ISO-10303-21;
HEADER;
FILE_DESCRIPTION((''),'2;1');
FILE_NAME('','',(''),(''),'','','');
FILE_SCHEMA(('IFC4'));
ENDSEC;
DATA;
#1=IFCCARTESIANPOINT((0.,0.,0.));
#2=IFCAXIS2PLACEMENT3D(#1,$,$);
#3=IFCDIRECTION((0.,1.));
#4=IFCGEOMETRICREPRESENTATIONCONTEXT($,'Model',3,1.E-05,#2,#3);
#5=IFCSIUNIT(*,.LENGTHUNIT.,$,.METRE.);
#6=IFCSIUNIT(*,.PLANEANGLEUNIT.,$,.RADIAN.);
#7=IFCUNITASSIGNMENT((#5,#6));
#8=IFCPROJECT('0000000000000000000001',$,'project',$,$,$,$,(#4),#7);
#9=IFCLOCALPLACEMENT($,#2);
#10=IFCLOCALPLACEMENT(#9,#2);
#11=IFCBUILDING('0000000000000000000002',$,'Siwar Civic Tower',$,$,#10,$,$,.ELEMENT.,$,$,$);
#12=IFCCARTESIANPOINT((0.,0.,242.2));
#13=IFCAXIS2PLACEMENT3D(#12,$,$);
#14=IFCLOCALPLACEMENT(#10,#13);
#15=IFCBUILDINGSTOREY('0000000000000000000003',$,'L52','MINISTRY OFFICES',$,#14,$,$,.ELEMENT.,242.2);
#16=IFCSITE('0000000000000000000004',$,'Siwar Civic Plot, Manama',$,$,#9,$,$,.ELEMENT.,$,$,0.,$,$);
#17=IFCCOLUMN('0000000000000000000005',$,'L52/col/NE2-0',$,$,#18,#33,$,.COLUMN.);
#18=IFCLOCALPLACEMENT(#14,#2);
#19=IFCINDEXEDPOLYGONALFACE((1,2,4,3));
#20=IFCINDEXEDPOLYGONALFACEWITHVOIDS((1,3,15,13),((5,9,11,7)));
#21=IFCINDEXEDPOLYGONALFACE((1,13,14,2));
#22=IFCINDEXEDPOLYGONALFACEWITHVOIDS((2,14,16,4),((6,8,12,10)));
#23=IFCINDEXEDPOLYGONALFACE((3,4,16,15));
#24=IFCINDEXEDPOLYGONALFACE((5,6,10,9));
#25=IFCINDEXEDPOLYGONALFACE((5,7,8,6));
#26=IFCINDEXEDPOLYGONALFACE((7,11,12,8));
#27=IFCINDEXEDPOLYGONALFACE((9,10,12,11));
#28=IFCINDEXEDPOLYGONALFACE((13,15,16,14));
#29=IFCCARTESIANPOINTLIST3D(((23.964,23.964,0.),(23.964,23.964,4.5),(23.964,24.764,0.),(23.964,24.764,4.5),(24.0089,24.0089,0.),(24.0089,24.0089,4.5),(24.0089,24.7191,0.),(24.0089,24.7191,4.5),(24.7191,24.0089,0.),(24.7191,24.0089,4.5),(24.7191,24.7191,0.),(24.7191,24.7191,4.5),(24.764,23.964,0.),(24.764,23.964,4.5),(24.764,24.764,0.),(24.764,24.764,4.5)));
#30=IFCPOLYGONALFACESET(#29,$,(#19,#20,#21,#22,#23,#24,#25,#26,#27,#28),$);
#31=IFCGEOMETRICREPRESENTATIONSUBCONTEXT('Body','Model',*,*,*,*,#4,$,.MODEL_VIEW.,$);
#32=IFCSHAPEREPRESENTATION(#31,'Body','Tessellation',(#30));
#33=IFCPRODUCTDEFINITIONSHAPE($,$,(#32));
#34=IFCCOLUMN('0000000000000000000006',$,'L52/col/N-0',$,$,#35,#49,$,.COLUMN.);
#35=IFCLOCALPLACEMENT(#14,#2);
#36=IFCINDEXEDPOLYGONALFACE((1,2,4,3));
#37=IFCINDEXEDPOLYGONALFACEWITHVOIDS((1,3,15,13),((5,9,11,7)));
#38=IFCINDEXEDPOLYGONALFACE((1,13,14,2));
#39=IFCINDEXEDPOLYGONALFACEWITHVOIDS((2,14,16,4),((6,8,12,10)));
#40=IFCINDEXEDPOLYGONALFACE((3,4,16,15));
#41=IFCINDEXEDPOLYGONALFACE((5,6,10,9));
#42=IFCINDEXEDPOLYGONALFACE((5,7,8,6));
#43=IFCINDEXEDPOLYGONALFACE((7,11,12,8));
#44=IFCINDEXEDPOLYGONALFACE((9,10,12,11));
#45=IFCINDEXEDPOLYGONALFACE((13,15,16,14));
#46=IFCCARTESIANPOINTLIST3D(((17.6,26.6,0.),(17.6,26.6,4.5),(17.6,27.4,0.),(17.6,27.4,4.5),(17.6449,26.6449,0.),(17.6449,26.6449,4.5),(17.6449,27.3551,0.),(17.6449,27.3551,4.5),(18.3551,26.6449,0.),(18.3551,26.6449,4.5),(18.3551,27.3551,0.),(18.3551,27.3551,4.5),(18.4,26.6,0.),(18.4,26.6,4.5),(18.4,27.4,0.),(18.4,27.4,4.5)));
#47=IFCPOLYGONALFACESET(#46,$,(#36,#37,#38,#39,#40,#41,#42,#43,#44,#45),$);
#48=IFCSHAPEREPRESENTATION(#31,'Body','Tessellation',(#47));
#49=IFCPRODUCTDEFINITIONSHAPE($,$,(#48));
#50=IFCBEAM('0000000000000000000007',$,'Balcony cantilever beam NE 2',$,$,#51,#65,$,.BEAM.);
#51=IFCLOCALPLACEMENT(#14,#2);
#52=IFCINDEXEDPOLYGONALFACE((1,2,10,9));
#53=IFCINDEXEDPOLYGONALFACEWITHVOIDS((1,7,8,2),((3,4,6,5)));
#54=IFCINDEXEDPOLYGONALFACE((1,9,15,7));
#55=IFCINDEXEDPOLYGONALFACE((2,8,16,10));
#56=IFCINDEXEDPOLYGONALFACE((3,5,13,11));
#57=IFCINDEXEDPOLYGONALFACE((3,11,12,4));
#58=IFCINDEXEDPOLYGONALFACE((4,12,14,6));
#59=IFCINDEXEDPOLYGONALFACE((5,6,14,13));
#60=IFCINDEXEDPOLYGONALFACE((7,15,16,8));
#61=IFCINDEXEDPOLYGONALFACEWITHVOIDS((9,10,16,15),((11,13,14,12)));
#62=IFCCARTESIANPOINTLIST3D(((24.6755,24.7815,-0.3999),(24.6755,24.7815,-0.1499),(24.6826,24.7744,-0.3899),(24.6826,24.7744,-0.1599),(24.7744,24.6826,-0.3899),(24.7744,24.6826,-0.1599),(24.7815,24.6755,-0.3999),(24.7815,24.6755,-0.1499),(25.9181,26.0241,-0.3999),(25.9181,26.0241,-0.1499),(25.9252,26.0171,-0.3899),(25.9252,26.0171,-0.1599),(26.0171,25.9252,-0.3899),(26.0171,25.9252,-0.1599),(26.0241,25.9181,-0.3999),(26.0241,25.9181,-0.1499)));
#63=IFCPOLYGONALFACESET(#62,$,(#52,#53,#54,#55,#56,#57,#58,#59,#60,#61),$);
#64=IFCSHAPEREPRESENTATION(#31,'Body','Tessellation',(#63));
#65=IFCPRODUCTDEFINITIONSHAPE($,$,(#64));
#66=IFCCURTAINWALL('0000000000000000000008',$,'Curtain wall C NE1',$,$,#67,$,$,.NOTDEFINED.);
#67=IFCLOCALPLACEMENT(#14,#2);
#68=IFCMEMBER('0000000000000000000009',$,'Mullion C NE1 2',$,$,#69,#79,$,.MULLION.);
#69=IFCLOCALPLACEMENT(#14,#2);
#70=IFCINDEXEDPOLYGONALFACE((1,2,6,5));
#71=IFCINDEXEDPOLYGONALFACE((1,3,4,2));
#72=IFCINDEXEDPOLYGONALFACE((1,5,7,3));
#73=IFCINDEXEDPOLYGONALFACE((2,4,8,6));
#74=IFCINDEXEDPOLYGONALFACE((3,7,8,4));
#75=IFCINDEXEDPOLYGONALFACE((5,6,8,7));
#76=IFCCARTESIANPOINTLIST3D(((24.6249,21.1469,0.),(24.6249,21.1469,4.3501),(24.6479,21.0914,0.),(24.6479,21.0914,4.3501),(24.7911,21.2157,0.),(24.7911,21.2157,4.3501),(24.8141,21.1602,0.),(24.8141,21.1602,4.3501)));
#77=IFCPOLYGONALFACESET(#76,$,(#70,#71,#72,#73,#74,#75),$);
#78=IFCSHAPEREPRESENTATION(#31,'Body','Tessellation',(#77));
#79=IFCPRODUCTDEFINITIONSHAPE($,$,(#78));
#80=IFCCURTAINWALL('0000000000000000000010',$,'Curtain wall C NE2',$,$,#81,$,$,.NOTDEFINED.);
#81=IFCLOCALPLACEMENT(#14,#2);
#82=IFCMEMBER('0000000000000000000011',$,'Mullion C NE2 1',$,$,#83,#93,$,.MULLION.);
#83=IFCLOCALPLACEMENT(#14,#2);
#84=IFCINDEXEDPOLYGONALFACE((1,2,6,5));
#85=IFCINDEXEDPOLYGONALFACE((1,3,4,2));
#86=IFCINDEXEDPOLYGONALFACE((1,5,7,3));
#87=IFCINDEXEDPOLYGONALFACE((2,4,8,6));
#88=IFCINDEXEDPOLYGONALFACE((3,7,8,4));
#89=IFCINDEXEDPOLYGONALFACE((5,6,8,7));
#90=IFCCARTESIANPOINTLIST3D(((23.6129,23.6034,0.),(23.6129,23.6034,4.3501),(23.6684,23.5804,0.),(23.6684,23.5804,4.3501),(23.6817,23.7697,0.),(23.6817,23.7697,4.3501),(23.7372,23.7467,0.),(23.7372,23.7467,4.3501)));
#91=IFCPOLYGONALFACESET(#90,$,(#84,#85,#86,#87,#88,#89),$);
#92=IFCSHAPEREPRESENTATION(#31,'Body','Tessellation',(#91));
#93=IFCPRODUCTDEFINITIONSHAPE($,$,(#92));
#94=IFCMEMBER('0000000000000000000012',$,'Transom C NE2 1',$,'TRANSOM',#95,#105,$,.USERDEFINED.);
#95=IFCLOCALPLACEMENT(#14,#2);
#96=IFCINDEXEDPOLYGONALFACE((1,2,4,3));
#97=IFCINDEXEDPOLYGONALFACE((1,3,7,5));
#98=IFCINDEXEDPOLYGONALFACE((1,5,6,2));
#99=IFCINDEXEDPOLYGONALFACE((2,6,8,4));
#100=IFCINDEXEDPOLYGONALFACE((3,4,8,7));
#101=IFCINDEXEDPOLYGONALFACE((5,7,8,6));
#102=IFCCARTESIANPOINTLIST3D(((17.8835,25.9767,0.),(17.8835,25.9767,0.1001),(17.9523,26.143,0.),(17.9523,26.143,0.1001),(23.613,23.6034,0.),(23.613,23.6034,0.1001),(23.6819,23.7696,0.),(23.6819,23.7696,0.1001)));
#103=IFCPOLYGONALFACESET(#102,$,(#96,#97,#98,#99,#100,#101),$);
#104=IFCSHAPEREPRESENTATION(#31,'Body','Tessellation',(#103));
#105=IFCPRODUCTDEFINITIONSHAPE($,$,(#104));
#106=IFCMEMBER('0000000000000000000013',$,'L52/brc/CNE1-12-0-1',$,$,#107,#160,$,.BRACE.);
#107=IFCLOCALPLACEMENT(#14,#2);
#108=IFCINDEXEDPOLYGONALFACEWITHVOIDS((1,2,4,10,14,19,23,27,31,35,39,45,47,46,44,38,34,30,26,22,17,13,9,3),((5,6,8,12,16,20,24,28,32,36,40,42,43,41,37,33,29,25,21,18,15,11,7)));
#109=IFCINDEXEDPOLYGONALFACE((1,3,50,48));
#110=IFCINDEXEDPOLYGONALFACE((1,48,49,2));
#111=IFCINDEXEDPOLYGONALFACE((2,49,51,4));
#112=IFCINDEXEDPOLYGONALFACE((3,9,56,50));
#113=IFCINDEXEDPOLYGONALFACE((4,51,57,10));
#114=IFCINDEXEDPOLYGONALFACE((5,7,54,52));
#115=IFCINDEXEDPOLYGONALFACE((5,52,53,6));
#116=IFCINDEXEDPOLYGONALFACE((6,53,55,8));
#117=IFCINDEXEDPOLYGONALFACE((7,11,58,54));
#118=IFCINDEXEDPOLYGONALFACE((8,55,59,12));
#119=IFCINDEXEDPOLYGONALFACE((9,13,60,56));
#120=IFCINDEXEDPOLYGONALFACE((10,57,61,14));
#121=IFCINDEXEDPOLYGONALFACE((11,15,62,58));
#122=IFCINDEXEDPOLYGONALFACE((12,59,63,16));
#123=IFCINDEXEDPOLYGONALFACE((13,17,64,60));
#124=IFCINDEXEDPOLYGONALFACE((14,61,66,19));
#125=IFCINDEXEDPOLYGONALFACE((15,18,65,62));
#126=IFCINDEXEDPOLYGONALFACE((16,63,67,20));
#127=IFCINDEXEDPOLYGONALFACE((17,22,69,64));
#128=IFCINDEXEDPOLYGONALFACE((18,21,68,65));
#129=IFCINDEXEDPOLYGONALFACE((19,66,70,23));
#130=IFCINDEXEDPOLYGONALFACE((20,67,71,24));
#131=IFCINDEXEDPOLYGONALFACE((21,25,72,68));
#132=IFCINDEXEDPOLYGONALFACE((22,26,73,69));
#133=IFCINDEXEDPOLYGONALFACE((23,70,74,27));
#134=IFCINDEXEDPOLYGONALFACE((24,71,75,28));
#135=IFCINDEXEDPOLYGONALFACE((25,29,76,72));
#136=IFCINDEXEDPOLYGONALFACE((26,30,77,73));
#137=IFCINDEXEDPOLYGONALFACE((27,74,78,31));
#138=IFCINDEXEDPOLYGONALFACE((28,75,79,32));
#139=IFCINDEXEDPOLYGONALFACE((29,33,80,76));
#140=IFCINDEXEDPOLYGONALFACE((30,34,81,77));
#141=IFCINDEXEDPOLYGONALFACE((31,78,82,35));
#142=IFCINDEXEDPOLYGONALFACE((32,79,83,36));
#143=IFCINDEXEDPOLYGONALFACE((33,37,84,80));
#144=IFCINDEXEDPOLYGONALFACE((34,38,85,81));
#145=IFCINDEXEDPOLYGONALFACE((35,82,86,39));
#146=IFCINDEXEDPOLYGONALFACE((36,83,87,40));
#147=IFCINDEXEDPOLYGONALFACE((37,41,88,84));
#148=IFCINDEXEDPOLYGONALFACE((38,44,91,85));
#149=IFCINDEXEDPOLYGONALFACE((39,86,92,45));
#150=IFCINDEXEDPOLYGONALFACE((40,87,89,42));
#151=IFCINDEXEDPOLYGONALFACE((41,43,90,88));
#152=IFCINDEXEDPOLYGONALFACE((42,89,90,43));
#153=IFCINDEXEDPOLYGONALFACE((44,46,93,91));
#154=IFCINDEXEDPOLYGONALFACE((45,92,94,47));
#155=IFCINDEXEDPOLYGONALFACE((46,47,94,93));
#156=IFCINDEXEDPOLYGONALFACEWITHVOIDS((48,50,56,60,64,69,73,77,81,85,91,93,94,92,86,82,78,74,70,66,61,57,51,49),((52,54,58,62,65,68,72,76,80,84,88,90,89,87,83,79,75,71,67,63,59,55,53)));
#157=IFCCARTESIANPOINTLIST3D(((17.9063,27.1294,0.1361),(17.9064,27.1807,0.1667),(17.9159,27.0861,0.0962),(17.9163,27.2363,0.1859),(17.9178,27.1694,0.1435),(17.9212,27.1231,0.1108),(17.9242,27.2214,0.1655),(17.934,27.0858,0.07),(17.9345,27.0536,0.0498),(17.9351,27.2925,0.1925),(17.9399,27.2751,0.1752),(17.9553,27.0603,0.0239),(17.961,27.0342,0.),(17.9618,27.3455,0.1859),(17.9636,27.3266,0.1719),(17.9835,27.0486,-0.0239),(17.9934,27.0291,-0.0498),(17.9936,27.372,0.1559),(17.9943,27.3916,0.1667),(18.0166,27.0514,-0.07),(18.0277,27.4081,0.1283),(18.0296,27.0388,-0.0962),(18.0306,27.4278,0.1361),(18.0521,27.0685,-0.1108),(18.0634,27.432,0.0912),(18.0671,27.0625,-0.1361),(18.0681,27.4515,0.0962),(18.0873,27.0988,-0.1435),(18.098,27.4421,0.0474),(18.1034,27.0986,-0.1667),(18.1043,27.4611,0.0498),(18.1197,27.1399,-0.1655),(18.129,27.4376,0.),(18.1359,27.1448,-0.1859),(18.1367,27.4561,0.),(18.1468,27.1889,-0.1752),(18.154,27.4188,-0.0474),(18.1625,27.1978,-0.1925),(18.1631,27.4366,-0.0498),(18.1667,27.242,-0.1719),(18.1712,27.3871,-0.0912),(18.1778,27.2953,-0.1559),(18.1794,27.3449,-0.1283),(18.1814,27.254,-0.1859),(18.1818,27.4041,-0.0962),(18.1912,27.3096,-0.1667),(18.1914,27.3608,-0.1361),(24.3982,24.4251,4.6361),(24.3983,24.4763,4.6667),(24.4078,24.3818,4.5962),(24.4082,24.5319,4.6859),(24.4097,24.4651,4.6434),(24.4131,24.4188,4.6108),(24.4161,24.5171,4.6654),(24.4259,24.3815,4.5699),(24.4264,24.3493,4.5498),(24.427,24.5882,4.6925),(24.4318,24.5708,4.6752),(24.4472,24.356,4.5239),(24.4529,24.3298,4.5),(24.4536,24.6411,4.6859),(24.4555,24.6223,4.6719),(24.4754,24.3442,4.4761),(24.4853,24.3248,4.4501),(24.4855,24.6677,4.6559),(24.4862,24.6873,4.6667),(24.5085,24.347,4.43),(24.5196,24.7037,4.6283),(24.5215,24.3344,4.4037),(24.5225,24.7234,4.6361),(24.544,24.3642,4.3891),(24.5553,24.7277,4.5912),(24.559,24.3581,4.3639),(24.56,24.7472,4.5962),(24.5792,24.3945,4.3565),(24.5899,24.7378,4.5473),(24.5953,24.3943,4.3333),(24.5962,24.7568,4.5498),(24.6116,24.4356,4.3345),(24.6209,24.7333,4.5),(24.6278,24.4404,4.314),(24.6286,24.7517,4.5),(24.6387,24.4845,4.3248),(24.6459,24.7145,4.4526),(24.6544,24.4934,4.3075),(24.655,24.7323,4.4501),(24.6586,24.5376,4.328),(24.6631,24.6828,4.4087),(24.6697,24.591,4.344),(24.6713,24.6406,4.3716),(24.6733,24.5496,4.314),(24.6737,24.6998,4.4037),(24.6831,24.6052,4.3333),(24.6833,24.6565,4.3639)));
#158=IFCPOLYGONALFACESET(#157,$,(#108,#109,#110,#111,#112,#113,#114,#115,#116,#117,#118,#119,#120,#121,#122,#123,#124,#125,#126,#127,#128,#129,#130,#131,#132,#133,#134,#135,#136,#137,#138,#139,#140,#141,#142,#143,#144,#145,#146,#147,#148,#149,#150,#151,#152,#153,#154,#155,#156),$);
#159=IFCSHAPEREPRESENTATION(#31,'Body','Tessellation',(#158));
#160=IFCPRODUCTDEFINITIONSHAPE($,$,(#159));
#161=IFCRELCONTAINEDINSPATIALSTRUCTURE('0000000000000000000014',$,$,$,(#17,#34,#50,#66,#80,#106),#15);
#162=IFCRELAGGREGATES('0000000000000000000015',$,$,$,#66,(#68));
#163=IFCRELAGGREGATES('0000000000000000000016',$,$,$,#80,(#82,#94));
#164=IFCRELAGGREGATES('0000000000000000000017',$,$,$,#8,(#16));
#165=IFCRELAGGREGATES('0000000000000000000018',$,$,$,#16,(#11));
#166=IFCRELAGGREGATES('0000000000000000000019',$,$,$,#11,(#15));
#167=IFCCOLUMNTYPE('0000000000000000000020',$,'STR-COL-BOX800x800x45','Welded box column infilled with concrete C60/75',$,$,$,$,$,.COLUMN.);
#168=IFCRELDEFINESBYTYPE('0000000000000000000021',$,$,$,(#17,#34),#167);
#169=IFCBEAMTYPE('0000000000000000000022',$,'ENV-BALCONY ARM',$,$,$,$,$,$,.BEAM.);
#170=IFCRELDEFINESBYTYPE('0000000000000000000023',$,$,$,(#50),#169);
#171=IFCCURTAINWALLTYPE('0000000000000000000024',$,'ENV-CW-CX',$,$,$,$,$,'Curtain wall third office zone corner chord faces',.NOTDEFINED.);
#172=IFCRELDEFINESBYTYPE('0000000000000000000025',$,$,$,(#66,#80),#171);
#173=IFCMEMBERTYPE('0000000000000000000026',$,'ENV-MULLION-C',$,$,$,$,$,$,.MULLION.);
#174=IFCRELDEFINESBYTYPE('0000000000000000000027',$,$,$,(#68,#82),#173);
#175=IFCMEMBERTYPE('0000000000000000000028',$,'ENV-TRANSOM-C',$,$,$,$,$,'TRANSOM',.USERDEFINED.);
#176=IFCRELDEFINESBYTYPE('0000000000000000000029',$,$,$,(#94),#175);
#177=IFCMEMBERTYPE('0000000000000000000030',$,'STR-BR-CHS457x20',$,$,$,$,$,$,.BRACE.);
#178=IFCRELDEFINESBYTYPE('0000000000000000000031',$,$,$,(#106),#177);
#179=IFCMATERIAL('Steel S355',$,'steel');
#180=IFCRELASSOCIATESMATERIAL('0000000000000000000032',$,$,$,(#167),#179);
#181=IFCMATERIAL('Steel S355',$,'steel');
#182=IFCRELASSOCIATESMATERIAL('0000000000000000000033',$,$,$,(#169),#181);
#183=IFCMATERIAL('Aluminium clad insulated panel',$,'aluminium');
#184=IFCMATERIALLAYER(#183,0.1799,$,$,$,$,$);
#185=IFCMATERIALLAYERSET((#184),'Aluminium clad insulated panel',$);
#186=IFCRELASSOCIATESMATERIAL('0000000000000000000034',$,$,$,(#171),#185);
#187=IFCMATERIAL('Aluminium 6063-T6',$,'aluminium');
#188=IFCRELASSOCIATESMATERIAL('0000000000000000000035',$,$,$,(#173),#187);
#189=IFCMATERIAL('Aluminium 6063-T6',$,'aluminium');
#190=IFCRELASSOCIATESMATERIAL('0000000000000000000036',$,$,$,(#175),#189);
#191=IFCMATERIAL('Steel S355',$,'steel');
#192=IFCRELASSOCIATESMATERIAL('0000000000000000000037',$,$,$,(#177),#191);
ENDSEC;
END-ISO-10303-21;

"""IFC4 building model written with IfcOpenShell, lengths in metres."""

from ifc_helpers import new_model, si_unit, direction, frame, origin, origin_2d, place, context, subcontext, project, spatial, rectangle, hollow_rectangle, hollow_circle, extrude, material, layer, layer_set, material_profile, profile_set, type_object, element, aggregate, save


model = new_model("IFC4")

# Units and contexts
model_context = context("Model", 3, precision=1e-05, world=origin(), true_north=direction((0.0, 1.0)))
body_context = subcontext(model_context, "Body", "Model", "MODEL_VIEW")
ifc_project = project(units=[si_unit("LENGTHUNIT", "METRE"), si_unit("PLANEANGLEUNIT", "RADIAN")], contexts=[model_context])

# Site, building, storey
site_placement = place(None, origin())
site = spatial("IfcSite", under=ifc_project, at=site_placement, Name="Siwar Civic Plot, Manama", CompositionType="ELEMENT", RefElevation=0.0)
building_placement = place(site_placement, origin())
building = spatial("IfcBuilding", under=site, at=building_placement, Name="Siwar Civic Tower", CompositionType="ELEMENT")
storey_placement = place(building_placement, frame((0.0, 0.0, 242.2)))
storey = spatial("IfcBuildingStorey", under=building, at=storey_placement, Name="L52", Description="MINISTRY OFFICES", CompositionType="ELEMENT", Elevation=242.2)

# Columns
ifc_material_1 = material(Name="Steel S355", Category="steel")
ifc_material_profile_1 = material_profile(ifc_material_1, hollow_rectangle(XDim=0.8, YDim=0.8, WallThickness=0.0449, at=origin_2d()), Name="BOX800x800x45")
ifc_profile_set_1 = profile_set([ifc_material_profile_1], Name="Steel S355")
column_type = type_object("IfcColumnType", Name="STR-COL-BOX800x800x45", Description="Welded box column infilled with concrete C60/75", PredefinedType="COLUMN", material=ifc_profile_set_1)
for number, where, z_axis, x_axis, name in (
    (1, (24.364, 24.364, 0.0), (0.0, 0.0, 1.0), (1.0, 0.0, 0.0), "L52/col/NE2-0"),
    (2, (18.0, 27.0, 0.0), (0.0, 0.0, 1.0), (1.0, 0.0, 0.0), "L52/col/N-0"),
):
    element("IfcColumn", number, at=place(storey_placement, frame(where, z_axis=z_axis, x_axis=x_axis)), inside=storey, type_object=column_type, Name=name, PredefinedType="COLUMN", context=body_context, shape_type="SweptSolid", body=[
        extrude(hollow_rectangle(XDim=0.8, YDim=0.8, WallThickness=0.0449, at=origin_2d()), origin(), (0.0, 0.0, 1.0), 4.5),
    ])

# Beam
ifc_material_2 = material(Name="Steel S355", Category="steel")
ifc_material_profile_2 = material_profile(ifc_material_2, hollow_rectangle(XDim=0.1499, YDim=0.25, WallThickness=0.01, at=origin_2d()), Name="RHS250x150x10")
ifc_profile_set_2 = profile_set([ifc_material_profile_2], Name="Steel S355")
beam_type_1 = type_object("IfcBeamType", Name="ENV-BALCONY ARM", PredefinedType="BEAM", material=ifc_profile_set_2)
beam_1_placement = place(storey_placement, frame((24.7285, 24.7285, -0.2749), z_axis=(0.707107, 0.707107, 0.0), x_axis=(-0.707107, 0.707107, 0.0)))
element("IfcBeam", 3, at=beam_1_placement, inside=storey, type_object=beam_type_1, Name="Balcony cantilever beam NE 2", PredefinedType="BEAM", context=body_context, shape_type="SweptSolid", body=[
    extrude(hollow_rectangle(XDim=0.1499, YDim=0.25, WallThickness=0.01, at=origin_2d()), origin(), (0.0, 0.0, 1.0), 1.7573),
])

# Curtain wall, member
ifc_material_3 = material(Name="Aluminium clad insulated panel", Category="aluminium")
ifc_layer_1 = layer(ifc_material_3, 0.1799)
ifc_layer_set_1 = layer_set([ifc_layer_1], Name="Aluminium clad insulated panel")
curtain_wall_type = type_object("IfcCurtainWallType", Name="ENV-CW-CX", ElementType="Curtain wall third office zone corner chord faces", PredefinedType="NOTDEFINED", material=ifc_layer_set_1)
curtain_wall_1_placement = place(storey_placement, origin())
curtain_wall_1 = element("IfcCurtainWall", 4, at=curtain_wall_1_placement, inside=storey, type_object=curtain_wall_type, Name="Curtain wall C NE1", PredefinedType="NOTDEFINED")
ifc_material_4 = material(Name="Aluminium 6063-T6", Category="aluminium")
ifc_material_profile_3 = material_profile(ifc_material_4, rectangle(XDim=0.1799, YDim=0.0601, at=origin_2d()), Name="AL 180x60")
ifc_profile_set_3 = profile_set([ifc_material_profile_3], Name="Aluminium 6063-T6")
member_type_1 = type_object("IfcMemberType", Name="ENV-MULLION-C", PredefinedType="MULLION", material=ifc_profile_set_3)
member_1_placement = place(storey_placement, frame((24.7195, 21.1536, 0.0), z_axis=(0.0, 0.0, 1.0), x_axis=(-0.92388, -0.382683, 0.0)))
member_1 = element("IfcMember", 5, at=member_1_placement, type_object=member_type_1, Name="Mullion C NE1 2", PredefinedType="MULLION", context=body_context, shape_type="SweptSolid", body=[
    extrude(rectangle(XDim=0.1799, YDim=0.0601, at=origin_2d()), origin(), (0.0, 0.0, 1.0), 4.3501),
])

# Curtain wall, members
curtain_wall_2_placement = place(storey_placement, origin())
curtain_wall_2 = element("IfcCurtainWall", 6, at=curtain_wall_2_placement, inside=storey, type_object=curtain_wall_type, Name="Curtain wall C NE2", PredefinedType="NOTDEFINED")
member_2_placement = place(storey_placement, frame((23.675, 23.675, 0.0), z_axis=(0.0, 0.0, 1.0), x_axis=(-0.382683, -0.92388, 0.0)))
member_2 = element("IfcMember", 7, at=member_2_placement, type_object=member_type_1, Name="Mullion C NE2 1", PredefinedType="MULLION", context=body_context, shape_type="SweptSolid", body=[
    extrude(rectangle(XDim=0.1799, YDim=0.0601, at=origin_2d()), origin(), (0.0, 0.0, 1.0), 4.3501),
])
ifc_material_5 = material(Name="Aluminium 6063-T6", Category="aluminium")
ifc_material_profile_4 = material_profile(ifc_material_5, rectangle(XDim=0.1799, YDim=0.1001, at=origin_2d()), Name="AL 180x100")
ifc_profile_set_4 = profile_set([ifc_material_profile_4], Name="Aluminium 6063-T6")
member_type_2 = type_object("IfcMemberType", Name="ENV-TRANSOM-C", ElementType="TRANSOM", PredefinedType="USERDEFINED", material=ifc_profile_set_4)
member_3_placement = place(storey_placement, frame((23.6475, 23.6865, 0.05), z_axis=(-0.923876, 0.382691, 0.0), x_axis=(-0.382691, -0.923876, 0.0)))
member_3 = element("IfcMember", 8, at=member_3_placement, type_object=member_type_2, Name="Transom C NE2 1", ObjectType="TRANSOM", PredefinedType="USERDEFINED", context=body_context, shape_type="SweptSolid", body=[
    extrude(rectangle(XDim=0.1799, YDim=0.1001, at=origin_2d()), origin(), (0.0, 0.0, 1.0), 6.2017),
])

# Member
ifc_material_6 = material(Name="Steel S355", Category="steel")
ifc_material_profile_5 = material_profile(ifc_material_6, hollow_circle(Radius=0.2285, WallThickness=0.02, at=origin_2d()), Name="CHS457x20")
ifc_profile_set_5 = profile_set([ifc_material_profile_5], Name="Steel S355")
member_type_3 = type_object("IfcMemberType", Name="STR-BR-CHS457x20", PredefinedType="BRACE", material=ifc_profile_set_5)
member_4_placement = place(storey_placement, frame((18.0488, 27.2451, 0.0), z_axis=(0.777555, -0.323906, 0.538975), x_axis=(0.384539, 0.923109, 0.0)))
element("IfcMember", 9, at=member_4_placement, inside=storey, type_object=member_type_3, Name="L52/brc/CNE1-12-0-1", PredefinedType="BRACE", context=body_context, shape_type="SweptSolid", body=[
    extrude(hollow_circle(Radius=0.2285, WallThickness=0.02, at=origin_2d()), origin(), (0.0, 0.0, 1.0), 8.3491),
])

aggregate(curtain_wall_1, [member_1])
aggregate(curtain_wall_2, [member_2, member_3])

save(model, "model.ifc")
